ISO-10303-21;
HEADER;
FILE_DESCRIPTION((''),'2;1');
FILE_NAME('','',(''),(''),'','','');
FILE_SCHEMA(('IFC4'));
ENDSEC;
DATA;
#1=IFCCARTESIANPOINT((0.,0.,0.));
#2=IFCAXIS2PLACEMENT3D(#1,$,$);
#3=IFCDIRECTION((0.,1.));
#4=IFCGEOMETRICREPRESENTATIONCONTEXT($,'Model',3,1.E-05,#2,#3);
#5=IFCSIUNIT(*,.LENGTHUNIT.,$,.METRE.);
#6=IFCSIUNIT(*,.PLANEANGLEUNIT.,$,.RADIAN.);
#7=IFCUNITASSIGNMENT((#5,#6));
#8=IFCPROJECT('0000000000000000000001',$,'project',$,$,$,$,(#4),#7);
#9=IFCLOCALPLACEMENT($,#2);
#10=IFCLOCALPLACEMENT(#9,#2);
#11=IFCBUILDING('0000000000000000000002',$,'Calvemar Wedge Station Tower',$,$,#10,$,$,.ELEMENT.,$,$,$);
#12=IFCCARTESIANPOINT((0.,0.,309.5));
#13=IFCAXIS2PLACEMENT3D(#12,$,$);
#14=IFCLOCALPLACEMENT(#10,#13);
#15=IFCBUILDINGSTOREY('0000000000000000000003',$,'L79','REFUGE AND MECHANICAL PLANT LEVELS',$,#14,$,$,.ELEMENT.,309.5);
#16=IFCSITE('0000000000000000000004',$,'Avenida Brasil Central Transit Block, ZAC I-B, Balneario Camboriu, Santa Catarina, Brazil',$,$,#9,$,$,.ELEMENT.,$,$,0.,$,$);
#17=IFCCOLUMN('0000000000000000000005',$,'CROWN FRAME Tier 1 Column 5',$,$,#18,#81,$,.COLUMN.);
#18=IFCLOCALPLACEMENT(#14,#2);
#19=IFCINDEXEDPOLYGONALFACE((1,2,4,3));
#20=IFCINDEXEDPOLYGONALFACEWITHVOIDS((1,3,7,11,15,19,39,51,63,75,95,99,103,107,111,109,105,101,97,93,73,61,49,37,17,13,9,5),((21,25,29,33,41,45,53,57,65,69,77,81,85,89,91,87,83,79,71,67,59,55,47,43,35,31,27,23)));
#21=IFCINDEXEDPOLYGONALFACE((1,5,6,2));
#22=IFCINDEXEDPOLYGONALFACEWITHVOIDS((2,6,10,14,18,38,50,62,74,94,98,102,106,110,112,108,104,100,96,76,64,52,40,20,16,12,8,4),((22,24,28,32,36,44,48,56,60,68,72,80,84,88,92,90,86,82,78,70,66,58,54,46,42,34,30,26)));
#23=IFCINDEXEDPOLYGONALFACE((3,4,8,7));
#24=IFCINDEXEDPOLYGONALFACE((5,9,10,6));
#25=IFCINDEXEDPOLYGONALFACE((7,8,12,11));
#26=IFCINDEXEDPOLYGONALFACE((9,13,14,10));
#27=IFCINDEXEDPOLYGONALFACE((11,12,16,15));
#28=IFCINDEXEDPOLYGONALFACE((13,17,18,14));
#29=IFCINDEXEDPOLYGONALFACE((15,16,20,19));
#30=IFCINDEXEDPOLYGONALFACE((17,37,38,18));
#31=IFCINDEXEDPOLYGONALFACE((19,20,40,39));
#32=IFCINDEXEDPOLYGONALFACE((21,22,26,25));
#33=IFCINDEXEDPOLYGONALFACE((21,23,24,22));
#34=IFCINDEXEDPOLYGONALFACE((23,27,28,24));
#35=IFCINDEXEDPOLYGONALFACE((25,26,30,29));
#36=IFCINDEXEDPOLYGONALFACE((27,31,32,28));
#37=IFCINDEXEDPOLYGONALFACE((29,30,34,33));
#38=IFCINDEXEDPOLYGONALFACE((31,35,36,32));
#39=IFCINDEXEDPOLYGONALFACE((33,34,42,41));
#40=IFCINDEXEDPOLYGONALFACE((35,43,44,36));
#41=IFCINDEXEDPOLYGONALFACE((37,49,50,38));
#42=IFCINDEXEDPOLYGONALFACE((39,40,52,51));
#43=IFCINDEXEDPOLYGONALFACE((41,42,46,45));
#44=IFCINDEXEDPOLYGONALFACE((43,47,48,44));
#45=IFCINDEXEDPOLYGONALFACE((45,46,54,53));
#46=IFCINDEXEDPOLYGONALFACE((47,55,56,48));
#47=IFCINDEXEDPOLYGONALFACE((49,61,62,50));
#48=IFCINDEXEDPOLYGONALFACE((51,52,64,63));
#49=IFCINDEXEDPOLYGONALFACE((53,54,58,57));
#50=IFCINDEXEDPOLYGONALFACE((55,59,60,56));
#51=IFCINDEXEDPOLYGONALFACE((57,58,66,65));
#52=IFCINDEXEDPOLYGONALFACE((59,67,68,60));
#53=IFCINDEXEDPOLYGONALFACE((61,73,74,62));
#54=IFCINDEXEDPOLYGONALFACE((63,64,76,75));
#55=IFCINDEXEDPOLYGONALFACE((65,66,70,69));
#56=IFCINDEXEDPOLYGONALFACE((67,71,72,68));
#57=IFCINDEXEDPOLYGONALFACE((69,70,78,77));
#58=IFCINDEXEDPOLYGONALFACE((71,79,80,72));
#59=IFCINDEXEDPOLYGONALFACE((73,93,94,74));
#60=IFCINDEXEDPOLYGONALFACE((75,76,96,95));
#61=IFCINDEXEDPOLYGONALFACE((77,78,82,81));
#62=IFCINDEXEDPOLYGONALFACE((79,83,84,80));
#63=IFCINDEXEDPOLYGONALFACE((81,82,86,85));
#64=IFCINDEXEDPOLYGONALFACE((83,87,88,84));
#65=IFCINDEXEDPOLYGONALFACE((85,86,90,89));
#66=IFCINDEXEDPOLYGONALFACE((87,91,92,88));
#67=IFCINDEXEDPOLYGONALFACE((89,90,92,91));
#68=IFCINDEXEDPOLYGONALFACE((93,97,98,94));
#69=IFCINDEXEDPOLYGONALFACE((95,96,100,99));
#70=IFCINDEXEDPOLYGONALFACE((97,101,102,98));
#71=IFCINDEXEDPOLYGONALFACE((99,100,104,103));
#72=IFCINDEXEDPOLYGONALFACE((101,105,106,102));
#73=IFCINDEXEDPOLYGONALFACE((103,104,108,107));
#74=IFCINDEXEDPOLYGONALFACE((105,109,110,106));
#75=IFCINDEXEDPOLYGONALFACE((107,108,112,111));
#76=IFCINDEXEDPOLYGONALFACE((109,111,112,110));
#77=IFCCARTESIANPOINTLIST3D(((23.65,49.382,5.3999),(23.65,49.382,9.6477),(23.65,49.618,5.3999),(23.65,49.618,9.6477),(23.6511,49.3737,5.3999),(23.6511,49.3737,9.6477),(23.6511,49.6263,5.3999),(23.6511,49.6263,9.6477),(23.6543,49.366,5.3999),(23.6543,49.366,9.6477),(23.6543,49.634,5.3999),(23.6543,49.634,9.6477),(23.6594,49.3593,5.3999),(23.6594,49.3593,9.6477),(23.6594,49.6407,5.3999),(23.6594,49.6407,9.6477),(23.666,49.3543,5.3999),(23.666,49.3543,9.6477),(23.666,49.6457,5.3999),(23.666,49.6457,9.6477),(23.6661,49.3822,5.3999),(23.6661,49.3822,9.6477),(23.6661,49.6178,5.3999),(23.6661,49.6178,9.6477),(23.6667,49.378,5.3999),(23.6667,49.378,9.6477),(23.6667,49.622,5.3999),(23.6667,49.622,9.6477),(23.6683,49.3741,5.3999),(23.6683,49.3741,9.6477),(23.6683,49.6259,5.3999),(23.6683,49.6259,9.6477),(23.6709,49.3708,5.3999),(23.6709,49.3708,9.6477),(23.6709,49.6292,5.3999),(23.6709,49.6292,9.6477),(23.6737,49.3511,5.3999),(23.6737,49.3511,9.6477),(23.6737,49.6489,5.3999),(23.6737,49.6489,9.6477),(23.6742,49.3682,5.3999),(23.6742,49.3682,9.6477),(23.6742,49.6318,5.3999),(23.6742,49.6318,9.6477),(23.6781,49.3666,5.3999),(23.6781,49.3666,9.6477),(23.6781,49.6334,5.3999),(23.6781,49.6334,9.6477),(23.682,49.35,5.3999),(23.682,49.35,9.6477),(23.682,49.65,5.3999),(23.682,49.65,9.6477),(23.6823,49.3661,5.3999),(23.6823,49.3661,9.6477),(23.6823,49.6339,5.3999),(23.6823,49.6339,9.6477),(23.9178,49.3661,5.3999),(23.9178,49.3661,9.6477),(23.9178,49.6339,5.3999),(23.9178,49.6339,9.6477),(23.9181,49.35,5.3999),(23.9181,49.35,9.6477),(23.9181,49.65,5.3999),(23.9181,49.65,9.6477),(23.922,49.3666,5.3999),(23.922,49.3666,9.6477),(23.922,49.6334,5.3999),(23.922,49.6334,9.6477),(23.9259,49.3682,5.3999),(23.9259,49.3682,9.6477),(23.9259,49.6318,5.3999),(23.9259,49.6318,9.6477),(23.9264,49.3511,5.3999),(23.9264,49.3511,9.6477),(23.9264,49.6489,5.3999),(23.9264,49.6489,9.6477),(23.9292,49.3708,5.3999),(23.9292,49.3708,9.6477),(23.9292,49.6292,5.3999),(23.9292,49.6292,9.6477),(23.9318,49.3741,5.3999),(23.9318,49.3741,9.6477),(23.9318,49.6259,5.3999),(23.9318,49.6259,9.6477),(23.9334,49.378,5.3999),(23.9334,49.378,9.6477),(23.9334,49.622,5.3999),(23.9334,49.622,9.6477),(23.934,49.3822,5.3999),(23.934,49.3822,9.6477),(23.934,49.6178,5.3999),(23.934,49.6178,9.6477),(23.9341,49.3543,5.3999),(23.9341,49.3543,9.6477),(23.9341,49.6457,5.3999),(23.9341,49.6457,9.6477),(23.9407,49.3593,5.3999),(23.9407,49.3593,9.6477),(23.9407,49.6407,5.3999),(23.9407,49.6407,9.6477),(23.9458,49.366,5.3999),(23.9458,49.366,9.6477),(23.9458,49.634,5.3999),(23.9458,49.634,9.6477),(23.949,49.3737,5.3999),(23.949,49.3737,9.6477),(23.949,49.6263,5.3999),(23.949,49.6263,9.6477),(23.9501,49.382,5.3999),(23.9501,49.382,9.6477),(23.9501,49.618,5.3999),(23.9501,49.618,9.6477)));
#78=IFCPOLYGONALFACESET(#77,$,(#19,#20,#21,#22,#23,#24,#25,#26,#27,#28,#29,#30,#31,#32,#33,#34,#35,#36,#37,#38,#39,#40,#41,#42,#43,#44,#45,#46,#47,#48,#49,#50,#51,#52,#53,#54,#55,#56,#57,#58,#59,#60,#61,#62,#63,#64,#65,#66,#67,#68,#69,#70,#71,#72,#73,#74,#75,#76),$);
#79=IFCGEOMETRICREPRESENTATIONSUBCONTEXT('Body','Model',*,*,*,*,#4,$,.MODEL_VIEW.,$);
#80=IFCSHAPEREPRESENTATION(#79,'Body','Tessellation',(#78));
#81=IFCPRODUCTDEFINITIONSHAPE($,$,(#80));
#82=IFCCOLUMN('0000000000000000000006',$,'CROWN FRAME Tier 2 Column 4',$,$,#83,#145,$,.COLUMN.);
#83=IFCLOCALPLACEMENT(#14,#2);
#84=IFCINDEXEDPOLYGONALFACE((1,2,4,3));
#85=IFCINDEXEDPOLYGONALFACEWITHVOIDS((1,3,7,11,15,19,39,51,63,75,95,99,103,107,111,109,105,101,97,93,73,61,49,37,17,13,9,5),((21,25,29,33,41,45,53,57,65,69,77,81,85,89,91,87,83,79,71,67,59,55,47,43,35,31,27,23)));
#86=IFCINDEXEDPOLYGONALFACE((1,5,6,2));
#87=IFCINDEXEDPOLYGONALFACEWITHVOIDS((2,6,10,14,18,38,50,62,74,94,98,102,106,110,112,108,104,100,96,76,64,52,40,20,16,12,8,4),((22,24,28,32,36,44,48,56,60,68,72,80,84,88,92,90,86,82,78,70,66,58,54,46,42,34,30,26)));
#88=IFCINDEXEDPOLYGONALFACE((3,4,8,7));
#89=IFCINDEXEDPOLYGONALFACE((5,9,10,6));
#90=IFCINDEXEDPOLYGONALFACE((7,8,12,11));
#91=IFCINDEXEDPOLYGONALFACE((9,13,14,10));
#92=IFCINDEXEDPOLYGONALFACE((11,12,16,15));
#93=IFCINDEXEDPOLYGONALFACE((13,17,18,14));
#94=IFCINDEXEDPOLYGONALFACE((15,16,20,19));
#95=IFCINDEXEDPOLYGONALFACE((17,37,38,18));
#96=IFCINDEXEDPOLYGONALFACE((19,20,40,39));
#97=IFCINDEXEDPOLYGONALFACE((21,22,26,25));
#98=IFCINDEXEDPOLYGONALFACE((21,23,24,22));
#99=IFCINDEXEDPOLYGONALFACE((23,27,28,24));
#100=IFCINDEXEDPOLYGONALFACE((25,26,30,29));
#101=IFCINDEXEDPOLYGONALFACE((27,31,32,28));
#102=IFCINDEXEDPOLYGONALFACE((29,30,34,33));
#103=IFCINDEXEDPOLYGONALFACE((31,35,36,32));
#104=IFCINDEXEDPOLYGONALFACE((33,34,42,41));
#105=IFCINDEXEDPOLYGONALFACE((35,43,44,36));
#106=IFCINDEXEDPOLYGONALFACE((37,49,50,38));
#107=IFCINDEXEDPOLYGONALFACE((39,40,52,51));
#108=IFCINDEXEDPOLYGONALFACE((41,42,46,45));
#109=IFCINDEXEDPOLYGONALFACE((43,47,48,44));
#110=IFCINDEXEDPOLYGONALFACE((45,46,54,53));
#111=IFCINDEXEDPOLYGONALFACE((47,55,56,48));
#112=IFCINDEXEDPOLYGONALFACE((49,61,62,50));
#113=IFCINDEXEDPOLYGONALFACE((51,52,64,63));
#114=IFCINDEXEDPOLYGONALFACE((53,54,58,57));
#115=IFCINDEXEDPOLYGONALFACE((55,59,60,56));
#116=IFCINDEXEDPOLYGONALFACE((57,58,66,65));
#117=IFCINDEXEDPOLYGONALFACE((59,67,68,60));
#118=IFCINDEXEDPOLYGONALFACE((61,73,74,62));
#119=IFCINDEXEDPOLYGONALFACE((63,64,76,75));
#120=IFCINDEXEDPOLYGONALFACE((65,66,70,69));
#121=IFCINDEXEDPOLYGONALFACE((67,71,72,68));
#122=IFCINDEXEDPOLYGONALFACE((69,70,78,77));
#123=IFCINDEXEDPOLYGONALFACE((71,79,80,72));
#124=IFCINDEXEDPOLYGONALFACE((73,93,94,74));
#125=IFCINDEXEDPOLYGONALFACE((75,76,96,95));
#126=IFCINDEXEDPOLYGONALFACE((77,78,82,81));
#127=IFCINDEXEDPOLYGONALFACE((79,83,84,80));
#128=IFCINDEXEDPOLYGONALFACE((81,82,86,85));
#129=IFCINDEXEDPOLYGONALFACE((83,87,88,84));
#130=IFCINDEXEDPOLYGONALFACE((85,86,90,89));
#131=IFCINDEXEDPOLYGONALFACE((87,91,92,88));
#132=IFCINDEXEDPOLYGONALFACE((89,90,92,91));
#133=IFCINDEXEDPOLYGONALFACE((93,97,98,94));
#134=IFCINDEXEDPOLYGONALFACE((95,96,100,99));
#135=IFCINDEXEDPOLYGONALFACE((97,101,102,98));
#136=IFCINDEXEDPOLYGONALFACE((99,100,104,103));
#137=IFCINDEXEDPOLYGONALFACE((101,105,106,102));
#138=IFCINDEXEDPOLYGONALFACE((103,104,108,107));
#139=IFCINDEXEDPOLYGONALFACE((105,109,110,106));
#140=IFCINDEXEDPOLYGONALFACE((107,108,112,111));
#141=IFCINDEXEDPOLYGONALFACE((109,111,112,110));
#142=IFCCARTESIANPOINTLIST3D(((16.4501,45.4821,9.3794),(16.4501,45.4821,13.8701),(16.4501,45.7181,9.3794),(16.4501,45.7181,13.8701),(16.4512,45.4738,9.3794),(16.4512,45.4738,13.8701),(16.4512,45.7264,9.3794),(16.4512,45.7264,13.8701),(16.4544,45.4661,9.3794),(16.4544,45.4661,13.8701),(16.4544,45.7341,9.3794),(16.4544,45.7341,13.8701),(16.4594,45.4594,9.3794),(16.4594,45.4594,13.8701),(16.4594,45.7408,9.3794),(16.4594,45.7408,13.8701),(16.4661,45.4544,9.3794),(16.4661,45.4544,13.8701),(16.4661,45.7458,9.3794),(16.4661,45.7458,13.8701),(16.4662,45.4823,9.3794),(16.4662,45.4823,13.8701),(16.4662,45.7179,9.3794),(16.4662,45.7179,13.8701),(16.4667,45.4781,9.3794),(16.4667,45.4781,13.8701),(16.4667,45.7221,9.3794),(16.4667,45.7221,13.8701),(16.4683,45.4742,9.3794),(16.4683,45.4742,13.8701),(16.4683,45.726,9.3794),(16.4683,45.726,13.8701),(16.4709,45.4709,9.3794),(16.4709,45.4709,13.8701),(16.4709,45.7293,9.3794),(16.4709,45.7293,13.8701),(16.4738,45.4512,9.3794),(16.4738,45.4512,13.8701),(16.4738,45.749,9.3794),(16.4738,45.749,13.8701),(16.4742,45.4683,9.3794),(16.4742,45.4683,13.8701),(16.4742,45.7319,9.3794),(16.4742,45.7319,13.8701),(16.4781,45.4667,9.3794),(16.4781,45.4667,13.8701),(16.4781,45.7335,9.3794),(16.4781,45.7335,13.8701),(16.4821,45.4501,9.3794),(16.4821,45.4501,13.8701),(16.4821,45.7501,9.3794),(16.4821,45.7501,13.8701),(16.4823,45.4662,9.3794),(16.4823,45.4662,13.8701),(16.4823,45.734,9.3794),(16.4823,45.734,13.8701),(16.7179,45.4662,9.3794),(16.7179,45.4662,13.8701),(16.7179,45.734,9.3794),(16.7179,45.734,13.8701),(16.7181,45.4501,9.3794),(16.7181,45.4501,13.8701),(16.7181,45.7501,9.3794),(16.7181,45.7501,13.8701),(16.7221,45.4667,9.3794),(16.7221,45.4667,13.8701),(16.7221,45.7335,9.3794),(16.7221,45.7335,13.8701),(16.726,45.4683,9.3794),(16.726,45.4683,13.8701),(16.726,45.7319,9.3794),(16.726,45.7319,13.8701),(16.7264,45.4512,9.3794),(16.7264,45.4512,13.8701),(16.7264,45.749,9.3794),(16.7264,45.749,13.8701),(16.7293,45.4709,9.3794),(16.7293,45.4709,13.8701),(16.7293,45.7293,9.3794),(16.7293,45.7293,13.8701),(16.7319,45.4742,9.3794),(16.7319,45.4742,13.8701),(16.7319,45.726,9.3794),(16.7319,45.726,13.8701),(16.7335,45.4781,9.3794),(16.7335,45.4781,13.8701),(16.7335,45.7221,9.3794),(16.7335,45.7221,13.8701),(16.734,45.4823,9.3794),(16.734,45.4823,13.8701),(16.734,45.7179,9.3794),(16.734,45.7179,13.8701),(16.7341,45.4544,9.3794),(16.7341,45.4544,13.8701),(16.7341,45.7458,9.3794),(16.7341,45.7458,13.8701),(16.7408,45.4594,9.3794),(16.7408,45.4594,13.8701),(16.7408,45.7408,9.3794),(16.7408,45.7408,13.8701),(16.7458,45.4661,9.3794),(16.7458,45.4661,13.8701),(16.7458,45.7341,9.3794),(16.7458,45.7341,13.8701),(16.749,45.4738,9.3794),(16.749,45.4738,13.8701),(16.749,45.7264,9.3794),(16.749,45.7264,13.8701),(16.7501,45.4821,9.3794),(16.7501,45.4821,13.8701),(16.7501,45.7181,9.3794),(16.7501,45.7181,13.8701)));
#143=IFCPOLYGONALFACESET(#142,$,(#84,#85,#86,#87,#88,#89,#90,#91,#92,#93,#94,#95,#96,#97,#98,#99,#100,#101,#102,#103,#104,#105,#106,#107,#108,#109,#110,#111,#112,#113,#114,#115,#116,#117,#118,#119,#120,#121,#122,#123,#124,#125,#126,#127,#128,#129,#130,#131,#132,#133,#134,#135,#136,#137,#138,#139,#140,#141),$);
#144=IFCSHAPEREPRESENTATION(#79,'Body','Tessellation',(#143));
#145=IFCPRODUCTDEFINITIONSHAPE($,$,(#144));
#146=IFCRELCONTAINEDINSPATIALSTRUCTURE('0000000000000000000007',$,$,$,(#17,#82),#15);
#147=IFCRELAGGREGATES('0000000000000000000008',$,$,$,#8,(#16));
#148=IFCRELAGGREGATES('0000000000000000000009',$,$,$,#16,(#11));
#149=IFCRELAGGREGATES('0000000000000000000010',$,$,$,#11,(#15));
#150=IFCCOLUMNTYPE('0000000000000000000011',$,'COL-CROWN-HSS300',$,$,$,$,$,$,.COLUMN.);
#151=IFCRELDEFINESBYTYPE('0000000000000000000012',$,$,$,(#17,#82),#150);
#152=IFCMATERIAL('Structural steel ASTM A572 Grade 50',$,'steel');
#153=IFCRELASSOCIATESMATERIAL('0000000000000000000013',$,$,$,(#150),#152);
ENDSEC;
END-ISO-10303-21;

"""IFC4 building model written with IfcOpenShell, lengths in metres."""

from ifc_helpers import new_model, si_unit, direction, frame, origin, origin_2d, place, context, subcontext, project, spatial, hollow_rectangle, extrude, source, transform, mapped, material, material_profile, profile_set, type_object, element, save


model = new_model("IFC4")

# Units and contexts
model_context = context("Model", 3, precision=1e-05, world=origin(), true_north=direction((0.0, 1.0)))
body_context = subcontext(model_context, "Body", "Model", "MODEL_VIEW")
ifc_project = project(units=[si_unit("LENGTHUNIT", "METRE"), si_unit("PLANEANGLEUNIT", "RADIAN")], contexts=[model_context])

# Site, building, storey
site_placement = place(None, origin())
site = spatial("IfcSite", under=ifc_project, at=site_placement, Name="Avenida Brasil Central Transit Block, ZAC I-B, Balneario Camboriu, Santa Catarina, Brazil", CompositionType="ELEMENT", RefElevation=0.0)
building_placement = place(site_placement, origin())
building = spatial("IfcBuilding", under=site, at=building_placement, Name="Calvemar Wedge Station Tower", CompositionType="ELEMENT")
storey_placement = place(building_placement, frame((0.0, 0.0, 309.5)))
storey = spatial("IfcBuildingStorey", under=building, at=storey_placement, Name="L79", Description="REFUGE AND MECHANICAL PLANT LEVELS", CompositionType="ELEMENT", Elevation=309.5)

# Columns
ifc_material_1 = material(Name="Structural steel ASTM A572 Grade 50", Category="steel")
ifc_material_profile_1 = material_profile(ifc_material_1, hollow_rectangle(XDim=0.3, YDim=0.3, WallThickness=0.0161, InnerFilletRadius=0.0161, OuterFilletRadius=0.032, at=origin_2d()), Name="HSS300x300x16")
ifc_profile_set_1 = profile_set([ifc_material_profile_1], Name="Structural steel ASTM A572 Grade 50")
column_type = type_object("IfcColumnType", Name="COL-CROWN-HSS300", PredefinedType="COLUMN", material=ifc_profile_set_1)
shared_shape_1 = source(origin(), body_context, "Body", "SweptSolid", [
    extrude(hollow_rectangle(XDim=0.3, YDim=0.3, WallThickness=0.0161, InnerFilletRadius=0.0161, OuterFilletRadius=0.032, at=origin_2d()), origin(), (0.0, 0.0, 1.0), 4.2478),
])
column_1_placement = place(storey_placement, frame((23.8, 49.5, 5.3999), z_axis=(0.0, 0.0, 1.0), x_axis=(1.0, 0.0, 0.0)))
element("IfcColumn", 1, at=column_1_placement, inside=storey, type_object=column_type, Name="CROWN FRAME Tier 1 Column 5", PredefinedType="COLUMN", context=body_context, shape_type="MappedRepresentation", body=[
    mapped(shared_shape_1, transform((0.0, 0.0, 0.0), scale=1.0)),
])
shared_shape_2 = source(origin(), body_context, "Body", "SweptSolid", [
    extrude(hollow_rectangle(XDim=0.3, YDim=0.3, WallThickness=0.0161, InnerFilletRadius=0.0161, OuterFilletRadius=0.032, at=origin_2d()), origin(), (0.0, 0.0, 1.0), 4.4907),
])
column_2_placement = place(storey_placement, frame((16.6001, 45.6001, 9.3794), z_axis=(0.0, 0.0, 1.0), x_axis=(1.0, 0.0, 0.0)))
element("IfcColumn", 2, at=column_2_placement, inside=storey, type_object=column_type, Name="CROWN FRAME Tier 2 Column 4", PredefinedType="COLUMN", context=body_context, shape_type="MappedRepresentation", body=[
    mapped(shared_shape_2, transform((0.0, 0.0, 0.0), scale=1.0)),
])

save(model, "model.ifc")
